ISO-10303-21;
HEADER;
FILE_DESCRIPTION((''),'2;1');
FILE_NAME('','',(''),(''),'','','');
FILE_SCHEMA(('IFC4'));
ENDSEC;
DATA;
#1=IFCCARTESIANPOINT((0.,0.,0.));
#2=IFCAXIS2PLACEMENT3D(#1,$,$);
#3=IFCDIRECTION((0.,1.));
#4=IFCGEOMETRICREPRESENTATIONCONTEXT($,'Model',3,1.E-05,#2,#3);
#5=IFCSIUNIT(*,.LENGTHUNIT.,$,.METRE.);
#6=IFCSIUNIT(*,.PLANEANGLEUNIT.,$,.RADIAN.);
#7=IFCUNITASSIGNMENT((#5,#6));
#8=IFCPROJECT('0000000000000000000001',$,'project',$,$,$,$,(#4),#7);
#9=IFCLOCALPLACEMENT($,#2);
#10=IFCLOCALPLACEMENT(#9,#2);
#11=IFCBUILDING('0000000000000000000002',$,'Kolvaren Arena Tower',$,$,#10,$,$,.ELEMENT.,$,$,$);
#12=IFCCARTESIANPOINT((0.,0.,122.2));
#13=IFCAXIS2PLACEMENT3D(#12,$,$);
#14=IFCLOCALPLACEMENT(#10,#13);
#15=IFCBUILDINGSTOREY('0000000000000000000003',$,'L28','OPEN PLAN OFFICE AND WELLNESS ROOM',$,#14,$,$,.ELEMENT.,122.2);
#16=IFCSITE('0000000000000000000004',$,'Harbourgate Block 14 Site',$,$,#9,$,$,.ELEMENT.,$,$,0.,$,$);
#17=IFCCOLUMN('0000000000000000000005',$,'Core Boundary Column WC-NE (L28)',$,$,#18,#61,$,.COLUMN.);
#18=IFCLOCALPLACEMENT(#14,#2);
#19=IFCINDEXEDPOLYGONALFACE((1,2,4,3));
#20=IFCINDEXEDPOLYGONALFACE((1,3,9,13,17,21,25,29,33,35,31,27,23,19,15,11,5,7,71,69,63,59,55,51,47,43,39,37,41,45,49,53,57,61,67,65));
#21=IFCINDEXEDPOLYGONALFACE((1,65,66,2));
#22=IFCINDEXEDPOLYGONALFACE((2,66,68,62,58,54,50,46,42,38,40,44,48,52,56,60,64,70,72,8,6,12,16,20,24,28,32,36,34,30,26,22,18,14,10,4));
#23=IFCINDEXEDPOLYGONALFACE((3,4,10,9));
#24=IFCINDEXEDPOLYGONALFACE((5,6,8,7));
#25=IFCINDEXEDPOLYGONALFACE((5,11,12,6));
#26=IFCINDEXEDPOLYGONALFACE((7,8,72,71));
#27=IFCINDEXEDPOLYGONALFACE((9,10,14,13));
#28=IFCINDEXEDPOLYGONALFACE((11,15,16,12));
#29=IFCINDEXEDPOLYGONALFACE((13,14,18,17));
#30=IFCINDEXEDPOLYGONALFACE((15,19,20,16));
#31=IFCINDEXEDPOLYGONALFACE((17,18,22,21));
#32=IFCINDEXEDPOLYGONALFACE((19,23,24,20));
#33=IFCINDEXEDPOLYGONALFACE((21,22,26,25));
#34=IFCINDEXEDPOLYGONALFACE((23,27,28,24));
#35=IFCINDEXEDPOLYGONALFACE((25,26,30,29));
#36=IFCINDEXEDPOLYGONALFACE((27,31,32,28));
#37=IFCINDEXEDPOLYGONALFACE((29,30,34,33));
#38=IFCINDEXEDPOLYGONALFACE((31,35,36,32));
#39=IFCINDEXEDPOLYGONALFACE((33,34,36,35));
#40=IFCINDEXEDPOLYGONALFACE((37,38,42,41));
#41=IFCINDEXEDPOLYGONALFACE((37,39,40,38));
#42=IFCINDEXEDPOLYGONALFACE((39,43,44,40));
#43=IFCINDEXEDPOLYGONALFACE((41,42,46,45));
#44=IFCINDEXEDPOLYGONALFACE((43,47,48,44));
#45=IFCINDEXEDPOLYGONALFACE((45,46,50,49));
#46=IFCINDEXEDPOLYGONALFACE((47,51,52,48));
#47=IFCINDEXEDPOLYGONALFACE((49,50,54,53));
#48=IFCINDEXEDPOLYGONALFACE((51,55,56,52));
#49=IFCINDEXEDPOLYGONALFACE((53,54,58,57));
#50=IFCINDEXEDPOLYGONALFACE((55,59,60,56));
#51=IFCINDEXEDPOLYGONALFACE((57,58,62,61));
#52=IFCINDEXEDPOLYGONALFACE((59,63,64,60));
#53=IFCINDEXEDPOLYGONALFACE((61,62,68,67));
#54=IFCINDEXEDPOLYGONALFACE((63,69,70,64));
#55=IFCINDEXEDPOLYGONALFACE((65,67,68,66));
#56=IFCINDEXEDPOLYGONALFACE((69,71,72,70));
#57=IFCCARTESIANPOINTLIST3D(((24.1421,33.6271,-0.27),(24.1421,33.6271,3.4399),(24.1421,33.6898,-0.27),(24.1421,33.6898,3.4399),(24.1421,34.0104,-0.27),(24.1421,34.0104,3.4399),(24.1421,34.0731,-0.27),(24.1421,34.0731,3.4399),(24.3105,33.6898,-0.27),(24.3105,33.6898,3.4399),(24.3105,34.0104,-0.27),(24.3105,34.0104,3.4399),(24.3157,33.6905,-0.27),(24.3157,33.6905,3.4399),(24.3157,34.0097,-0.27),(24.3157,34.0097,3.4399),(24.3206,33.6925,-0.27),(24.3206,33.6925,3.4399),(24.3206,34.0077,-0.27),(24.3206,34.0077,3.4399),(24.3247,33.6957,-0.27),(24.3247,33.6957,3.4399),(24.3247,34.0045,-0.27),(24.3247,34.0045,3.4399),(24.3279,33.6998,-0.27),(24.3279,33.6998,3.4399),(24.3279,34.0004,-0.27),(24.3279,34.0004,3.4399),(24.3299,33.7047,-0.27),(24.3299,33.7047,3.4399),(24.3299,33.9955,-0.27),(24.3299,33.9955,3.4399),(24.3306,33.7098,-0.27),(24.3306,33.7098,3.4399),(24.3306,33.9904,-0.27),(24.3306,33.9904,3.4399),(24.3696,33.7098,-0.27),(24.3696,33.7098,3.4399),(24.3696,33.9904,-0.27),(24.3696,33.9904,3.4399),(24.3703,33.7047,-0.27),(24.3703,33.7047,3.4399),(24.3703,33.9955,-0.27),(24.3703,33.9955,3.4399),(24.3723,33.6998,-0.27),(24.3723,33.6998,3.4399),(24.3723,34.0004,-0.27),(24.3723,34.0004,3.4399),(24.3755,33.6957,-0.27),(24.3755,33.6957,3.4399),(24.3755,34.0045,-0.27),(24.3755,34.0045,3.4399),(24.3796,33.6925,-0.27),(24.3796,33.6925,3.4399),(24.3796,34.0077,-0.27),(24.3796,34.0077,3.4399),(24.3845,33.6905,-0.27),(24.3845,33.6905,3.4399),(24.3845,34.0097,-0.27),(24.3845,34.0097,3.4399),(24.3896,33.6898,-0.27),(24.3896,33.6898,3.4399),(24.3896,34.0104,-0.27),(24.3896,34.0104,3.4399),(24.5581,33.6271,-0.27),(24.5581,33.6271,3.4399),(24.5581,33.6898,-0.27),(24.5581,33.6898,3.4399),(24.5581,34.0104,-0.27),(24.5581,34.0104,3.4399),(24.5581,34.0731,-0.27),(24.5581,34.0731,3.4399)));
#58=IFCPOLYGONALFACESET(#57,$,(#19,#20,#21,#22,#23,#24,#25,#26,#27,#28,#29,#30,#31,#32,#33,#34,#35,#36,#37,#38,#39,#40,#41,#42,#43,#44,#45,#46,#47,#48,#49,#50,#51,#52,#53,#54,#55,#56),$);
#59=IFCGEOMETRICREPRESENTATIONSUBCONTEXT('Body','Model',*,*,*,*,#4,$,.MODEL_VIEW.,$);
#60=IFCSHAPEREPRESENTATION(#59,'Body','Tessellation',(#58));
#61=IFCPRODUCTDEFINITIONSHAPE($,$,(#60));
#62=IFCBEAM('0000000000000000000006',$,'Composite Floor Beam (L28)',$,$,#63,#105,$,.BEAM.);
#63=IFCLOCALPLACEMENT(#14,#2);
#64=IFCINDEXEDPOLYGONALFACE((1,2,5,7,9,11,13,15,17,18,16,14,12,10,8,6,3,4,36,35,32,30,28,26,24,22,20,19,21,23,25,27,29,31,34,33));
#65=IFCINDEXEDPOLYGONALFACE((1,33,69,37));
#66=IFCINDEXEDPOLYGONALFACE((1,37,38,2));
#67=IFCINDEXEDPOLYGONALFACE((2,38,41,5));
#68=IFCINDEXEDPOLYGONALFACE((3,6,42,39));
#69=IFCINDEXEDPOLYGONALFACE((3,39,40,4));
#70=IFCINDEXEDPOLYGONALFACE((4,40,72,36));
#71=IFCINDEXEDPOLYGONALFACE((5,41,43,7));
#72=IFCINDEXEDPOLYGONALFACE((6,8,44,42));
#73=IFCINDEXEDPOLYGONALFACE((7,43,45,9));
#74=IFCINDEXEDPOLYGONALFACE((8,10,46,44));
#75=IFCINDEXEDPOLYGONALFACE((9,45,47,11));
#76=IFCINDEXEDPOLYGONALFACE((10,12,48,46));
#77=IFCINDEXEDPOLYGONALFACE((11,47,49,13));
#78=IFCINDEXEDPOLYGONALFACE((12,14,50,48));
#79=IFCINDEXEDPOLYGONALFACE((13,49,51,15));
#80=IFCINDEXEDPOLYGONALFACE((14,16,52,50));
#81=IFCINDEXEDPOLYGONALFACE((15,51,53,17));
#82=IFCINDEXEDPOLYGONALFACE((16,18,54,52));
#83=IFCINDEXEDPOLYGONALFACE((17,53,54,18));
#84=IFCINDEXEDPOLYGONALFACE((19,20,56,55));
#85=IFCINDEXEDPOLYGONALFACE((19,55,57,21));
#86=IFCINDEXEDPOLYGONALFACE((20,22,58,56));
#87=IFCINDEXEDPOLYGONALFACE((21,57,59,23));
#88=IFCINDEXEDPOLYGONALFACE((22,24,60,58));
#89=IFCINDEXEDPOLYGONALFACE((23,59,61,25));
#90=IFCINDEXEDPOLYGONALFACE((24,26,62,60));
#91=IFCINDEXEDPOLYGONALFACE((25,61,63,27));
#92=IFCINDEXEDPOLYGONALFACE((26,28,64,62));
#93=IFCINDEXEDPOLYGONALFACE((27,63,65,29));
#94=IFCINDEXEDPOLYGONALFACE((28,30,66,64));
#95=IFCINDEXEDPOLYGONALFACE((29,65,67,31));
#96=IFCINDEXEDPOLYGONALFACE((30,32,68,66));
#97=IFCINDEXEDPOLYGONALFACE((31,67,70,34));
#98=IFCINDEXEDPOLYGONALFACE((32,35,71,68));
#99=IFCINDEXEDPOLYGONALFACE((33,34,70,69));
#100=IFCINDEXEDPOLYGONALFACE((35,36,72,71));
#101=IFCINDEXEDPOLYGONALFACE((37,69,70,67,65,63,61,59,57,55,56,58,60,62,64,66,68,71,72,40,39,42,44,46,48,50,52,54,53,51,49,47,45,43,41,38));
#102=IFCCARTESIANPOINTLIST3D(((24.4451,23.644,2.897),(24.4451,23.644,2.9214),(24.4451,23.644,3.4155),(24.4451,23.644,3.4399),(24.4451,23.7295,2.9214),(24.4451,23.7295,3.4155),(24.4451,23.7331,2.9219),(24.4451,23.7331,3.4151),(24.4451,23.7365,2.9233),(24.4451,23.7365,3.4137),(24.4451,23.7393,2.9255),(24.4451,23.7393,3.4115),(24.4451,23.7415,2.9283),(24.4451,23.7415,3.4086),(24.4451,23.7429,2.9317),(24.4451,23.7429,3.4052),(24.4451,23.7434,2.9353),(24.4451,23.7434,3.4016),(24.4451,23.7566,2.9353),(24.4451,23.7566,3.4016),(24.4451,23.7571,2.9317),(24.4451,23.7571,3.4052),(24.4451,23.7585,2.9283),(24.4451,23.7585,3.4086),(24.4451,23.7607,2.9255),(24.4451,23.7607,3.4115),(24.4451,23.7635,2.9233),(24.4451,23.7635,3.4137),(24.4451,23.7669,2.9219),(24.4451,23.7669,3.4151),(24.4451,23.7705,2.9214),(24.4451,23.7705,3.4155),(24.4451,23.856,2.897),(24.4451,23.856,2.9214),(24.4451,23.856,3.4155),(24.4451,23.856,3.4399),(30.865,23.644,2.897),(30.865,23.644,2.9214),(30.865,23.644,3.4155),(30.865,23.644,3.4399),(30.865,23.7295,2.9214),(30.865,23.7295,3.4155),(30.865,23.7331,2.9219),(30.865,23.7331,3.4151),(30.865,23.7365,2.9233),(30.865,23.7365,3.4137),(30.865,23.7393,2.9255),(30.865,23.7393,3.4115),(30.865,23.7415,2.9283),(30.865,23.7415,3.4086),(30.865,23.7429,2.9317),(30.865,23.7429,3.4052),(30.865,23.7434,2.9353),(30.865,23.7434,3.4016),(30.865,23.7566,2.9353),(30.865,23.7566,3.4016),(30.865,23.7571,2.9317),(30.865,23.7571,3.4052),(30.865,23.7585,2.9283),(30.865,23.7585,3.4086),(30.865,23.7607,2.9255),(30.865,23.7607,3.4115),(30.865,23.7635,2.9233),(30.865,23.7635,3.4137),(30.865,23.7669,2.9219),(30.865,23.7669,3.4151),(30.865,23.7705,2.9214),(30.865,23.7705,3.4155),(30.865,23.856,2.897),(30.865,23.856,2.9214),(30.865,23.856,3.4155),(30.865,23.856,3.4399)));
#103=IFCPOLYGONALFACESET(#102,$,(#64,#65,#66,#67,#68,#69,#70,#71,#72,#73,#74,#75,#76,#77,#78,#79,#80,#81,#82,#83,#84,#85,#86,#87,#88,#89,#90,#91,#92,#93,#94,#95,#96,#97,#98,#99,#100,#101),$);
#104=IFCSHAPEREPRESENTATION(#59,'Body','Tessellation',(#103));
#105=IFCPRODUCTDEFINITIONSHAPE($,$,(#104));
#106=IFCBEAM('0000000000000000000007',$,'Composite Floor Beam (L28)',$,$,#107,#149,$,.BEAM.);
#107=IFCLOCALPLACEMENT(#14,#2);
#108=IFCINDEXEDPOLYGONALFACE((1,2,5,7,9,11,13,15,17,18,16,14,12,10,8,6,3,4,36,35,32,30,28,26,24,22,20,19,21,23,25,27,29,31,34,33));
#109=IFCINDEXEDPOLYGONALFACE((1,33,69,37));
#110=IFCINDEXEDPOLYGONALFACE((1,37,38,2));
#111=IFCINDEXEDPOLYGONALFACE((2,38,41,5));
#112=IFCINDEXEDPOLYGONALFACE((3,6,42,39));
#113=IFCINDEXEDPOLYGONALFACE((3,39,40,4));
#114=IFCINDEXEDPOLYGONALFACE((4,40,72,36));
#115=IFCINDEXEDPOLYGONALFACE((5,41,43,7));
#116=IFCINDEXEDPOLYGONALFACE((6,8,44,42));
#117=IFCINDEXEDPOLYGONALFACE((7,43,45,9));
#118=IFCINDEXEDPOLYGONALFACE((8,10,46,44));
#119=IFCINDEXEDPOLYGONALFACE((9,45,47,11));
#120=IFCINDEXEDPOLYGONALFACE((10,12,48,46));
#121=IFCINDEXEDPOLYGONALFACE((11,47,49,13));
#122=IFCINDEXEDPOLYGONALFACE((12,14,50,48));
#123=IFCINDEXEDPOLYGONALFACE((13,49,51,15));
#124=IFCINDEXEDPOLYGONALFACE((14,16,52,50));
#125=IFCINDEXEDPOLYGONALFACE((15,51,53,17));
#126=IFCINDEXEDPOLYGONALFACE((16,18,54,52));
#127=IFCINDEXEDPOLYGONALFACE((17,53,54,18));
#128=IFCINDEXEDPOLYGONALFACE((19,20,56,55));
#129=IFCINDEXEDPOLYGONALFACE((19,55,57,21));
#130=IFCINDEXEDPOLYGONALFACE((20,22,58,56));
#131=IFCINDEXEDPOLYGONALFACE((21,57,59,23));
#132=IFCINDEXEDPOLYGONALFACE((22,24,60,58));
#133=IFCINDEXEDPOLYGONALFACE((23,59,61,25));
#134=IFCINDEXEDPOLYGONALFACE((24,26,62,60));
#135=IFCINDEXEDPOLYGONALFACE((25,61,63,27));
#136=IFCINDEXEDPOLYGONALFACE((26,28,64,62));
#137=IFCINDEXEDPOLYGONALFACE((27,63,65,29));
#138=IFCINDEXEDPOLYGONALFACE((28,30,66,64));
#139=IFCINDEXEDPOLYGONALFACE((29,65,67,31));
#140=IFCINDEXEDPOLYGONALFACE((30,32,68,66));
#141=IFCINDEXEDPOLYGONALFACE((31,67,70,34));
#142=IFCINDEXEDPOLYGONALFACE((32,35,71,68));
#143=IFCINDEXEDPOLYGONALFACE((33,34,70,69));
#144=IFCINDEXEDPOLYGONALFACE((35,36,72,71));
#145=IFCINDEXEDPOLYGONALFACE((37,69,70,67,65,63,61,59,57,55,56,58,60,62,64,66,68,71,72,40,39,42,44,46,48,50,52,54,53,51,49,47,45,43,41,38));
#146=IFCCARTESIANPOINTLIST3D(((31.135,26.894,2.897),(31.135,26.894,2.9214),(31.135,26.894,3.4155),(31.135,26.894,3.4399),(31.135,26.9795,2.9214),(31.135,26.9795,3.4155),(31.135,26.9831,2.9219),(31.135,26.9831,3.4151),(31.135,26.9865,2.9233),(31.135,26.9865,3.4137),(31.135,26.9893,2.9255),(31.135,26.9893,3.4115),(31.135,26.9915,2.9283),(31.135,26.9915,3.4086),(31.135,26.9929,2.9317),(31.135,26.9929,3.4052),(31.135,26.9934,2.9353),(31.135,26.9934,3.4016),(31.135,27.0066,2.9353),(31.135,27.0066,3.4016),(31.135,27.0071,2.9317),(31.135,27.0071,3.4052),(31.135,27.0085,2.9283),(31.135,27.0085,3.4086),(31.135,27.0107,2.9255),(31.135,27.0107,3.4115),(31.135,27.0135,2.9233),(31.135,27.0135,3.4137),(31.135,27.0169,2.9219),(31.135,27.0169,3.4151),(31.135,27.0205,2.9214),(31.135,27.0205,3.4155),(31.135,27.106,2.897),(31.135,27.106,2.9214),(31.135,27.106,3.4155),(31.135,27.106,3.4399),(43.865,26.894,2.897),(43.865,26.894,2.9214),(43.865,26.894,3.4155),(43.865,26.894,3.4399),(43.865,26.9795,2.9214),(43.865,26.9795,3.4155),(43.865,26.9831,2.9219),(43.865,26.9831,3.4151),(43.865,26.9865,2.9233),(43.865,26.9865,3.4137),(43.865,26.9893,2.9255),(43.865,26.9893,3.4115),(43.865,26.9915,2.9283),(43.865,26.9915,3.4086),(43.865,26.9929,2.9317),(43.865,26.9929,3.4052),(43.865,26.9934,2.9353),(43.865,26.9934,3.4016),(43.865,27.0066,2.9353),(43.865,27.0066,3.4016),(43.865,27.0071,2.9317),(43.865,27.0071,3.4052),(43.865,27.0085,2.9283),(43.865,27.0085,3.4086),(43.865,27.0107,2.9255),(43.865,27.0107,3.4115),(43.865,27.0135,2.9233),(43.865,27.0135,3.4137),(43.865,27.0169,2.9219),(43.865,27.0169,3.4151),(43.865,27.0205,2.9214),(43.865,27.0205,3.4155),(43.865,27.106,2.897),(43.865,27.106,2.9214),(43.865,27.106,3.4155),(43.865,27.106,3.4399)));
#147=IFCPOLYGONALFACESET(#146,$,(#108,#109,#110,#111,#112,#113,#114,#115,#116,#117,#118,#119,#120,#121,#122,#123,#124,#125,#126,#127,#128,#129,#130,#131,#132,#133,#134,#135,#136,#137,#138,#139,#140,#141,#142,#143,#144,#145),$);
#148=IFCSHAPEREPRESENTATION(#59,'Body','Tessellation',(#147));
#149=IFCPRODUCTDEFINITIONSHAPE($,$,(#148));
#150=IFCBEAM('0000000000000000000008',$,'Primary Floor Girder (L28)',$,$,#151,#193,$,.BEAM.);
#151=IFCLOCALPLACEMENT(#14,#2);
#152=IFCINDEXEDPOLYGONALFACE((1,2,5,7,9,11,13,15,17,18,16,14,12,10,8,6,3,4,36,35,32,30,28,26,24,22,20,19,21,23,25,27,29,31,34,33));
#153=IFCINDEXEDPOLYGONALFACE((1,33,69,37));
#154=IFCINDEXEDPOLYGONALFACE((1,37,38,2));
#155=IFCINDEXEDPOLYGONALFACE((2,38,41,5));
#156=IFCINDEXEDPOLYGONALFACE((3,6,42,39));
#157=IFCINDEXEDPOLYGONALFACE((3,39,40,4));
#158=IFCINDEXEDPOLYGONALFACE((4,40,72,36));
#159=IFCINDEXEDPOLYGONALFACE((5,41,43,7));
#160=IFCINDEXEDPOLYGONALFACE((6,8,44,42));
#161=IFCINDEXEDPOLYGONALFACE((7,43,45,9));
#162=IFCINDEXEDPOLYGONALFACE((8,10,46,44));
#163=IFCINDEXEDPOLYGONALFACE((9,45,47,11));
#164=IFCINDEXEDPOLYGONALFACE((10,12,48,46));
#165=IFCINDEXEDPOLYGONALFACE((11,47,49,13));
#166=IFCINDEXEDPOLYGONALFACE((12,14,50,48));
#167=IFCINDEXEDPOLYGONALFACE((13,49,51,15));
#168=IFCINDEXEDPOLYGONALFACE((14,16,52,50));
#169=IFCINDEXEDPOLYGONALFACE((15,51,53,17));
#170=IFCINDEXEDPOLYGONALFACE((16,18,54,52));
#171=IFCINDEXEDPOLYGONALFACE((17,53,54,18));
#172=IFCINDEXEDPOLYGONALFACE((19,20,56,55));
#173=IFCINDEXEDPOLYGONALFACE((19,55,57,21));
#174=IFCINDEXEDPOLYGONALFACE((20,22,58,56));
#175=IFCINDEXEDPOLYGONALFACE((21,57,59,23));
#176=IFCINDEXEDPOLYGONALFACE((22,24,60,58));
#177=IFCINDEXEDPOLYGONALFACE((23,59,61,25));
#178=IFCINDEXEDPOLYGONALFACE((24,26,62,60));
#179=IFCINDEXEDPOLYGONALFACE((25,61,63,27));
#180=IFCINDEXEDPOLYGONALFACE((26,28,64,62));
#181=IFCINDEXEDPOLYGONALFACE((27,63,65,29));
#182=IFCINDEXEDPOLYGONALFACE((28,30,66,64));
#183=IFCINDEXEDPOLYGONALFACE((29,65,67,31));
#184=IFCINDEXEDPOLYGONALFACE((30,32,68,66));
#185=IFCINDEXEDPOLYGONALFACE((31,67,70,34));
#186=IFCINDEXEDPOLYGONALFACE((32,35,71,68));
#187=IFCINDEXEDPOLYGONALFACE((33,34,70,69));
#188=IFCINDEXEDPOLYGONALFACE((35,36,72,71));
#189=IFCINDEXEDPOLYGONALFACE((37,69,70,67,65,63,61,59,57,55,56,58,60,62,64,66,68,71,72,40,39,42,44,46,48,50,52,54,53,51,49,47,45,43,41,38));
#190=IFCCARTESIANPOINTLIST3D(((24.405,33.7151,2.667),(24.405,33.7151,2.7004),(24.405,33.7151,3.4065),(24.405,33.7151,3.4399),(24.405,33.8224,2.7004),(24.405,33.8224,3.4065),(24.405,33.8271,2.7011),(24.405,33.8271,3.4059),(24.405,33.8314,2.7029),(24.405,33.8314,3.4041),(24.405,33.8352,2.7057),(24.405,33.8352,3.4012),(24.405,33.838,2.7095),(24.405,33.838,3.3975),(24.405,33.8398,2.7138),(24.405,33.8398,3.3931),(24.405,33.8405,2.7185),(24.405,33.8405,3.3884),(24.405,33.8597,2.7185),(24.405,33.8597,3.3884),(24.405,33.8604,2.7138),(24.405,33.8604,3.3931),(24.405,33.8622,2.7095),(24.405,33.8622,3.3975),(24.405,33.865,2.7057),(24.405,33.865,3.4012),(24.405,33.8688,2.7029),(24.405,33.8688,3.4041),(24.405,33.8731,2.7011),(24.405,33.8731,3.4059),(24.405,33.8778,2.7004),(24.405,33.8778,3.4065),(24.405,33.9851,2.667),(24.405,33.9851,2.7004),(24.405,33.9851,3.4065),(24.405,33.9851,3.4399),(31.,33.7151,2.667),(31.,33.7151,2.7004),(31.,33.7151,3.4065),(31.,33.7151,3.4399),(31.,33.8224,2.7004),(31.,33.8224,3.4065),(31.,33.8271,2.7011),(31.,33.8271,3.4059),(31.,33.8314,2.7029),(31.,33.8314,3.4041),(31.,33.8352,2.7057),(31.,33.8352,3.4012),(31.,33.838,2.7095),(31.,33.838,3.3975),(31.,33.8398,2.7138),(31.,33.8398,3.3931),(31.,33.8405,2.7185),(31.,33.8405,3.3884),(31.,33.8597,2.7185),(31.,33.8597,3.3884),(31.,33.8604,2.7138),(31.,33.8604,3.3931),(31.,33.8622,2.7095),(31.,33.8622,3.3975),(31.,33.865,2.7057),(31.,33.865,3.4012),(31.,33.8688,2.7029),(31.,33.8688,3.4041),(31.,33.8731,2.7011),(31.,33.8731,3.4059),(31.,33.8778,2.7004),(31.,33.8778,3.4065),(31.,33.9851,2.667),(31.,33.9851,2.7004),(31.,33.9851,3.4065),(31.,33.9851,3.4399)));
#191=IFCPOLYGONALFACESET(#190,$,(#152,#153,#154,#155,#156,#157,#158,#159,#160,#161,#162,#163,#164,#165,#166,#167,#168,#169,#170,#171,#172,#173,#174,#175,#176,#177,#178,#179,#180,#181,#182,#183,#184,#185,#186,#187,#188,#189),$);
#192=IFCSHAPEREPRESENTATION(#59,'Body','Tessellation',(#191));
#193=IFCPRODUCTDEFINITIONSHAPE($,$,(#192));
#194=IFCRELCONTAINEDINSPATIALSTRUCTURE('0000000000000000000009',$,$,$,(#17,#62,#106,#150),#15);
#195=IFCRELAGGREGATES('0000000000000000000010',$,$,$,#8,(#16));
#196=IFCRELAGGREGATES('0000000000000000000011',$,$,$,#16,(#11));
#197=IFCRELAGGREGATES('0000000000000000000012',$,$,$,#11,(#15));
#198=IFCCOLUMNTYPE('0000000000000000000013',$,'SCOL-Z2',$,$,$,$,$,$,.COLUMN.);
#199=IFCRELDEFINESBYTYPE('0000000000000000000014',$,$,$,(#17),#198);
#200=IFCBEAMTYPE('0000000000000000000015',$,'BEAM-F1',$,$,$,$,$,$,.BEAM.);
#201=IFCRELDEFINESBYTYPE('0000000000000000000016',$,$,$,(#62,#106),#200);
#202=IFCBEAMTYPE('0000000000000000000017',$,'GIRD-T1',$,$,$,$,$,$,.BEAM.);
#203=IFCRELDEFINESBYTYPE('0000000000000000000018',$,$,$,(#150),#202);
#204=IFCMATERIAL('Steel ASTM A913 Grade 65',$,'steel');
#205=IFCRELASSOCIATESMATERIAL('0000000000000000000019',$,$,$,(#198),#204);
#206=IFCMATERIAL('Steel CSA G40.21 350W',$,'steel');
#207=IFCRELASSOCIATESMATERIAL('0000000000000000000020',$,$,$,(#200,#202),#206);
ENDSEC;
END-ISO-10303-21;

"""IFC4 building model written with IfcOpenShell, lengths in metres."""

from ifc_helpers import new_model, si_unit, direction, frame, origin, origin_2d, place, context, subcontext, project, spatial, i_section, extrude, material, material_profile, profile_set, type_object, element, save


model = new_model("IFC4")

# Units and contexts
model_context = context("Model", 3, precision=1e-05, world=origin(), true_north=direction((0.0, 1.0)))
body_context = subcontext(model_context, "Body", "Model", "MODEL_VIEW")
ifc_project = project(units=[si_unit("LENGTHUNIT", "METRE"), si_unit("PLANEANGLEUNIT", "RADIAN")], contexts=[model_context])

# Site, building, storey
site_placement = place(None, origin())
site = spatial("IfcSite", under=ifc_project, at=site_placement, Name="Harbourgate Block 14 Site", CompositionType="ELEMENT", RefElevation=0.0)
building_placement = place(site_placement, origin())
building = spatial("IfcBuilding", under=site, at=building_placement, Name="Kolvaren Arena Tower", CompositionType="ELEMENT")
storey_placement = place(building_placement, frame((0.0, 0.0, 122.2)))
storey = spatial("IfcBuildingStorey", under=building, at=storey_placement, Name="L28", Description="OPEN PLAN OFFICE AND WELLNESS ROOM", CompositionType="ELEMENT", Elevation=122.2)

# Column
ifc_material_1 = material(Name="Steel ASTM A913 Grade 65", Category="steel")
ifc_material_profile_1 = material_profile(ifc_material_1, i_section(OverallWidth=0.416, OverallDepth=0.446, WebThickness=0.0391, FlangeThickness=0.0627, FilletRadius=0.02, at=origin_2d()), Name="W360x509")
ifc_profile_set_1 = profile_set([ifc_material_profile_1], Name="Steel ASTM A913 Grade 65")
column_type = type_object("IfcColumnType", Name="SCOL-Z2", PredefinedType="COLUMN", material=ifc_profile_set_1)
column_placement = place(storey_placement, frame((24.3501, 33.8501, -0.27), z_axis=(0.0, 0.0, 1.0), x_axis=(1.0, 0.0, 0.0)))
element("IfcColumn", 1, at=column_placement, inside=storey, type_object=column_type, Name="Core Boundary Column WC-NE (L28)", PredefinedType="COLUMN", context=body_context, shape_type="SweptSolid", body=[
    extrude(i_section(OverallWidth=0.416, OverallDepth=0.446, WebThickness=0.0391, FlangeThickness=0.0627, FilletRadius=0.02, at=origin_2d()), origin(), (0.0, 0.0, 1.0), 3.71),
])

# Beams
ifc_material_2 = material(Name="Steel CSA G40.21 350W", Category="steel")
ifc_material_profile_2 = material_profile(ifc_material_2, i_section(OverallWidth=0.2119, OverallDepth=0.543, WebThickness=0.0132, FlangeThickness=0.0244, FilletRadius=0.0139, at=origin_2d()), Name="W530x150")
ifc_profile_set_2 = profile_set([ifc_material_profile_2], Name="Steel CSA G40.21 350W")
beam_type_1 = type_object("IfcBeamType", Name="BEAM-F1", PredefinedType="BEAM", material=ifc_profile_set_2)
beam_1_placement = place(storey_placement, frame((24.4451, 23.75, 3.1685), z_axis=(1.0, 0.0, 0.0), x_axis=(0.0, 1.0, 0.0)))
element("IfcBeam", 2, at=beam_1_placement, inside=storey, type_object=beam_type_1, Name="Composite Floor Beam (L28)", PredefinedType="BEAM", context=body_context, shape_type="SweptSolid", body=[
    extrude(i_section(OverallWidth=0.2119, OverallDepth=0.543, WebThickness=0.0132, FlangeThickness=0.0244, FilletRadius=0.0139, at=origin_2d()), origin(), (0.0, 0.0, 1.0), 6.4199),
])
beam_2_placement = place(storey_placement, frame((31.135, 27.0, 3.1685), z_axis=(1.0, 0.0, 0.0), x_axis=(0.0, 1.0, 0.0)))
element("IfcBeam", 3, at=beam_2_placement, inside=storey, type_object=beam_type_1, Name="Composite Floor Beam (L28)", PredefinedType="BEAM", context=body_context, shape_type="SweptSolid", body=[
    extrude(i_section(OverallWidth=0.2119, OverallDepth=0.543, WebThickness=0.0132, FlangeThickness=0.0244, FilletRadius=0.0139, at=origin_2d()), origin(), (0.0, 0.0, 1.0), 12.73),
])
ifc_material_profile_3 = material_profile(ifc_material_2, i_section(OverallWidth=0.27, OverallDepth=0.7729, WebThickness=0.0193, FlangeThickness=0.0334, FilletRadius=0.0181, at=origin_2d()), Name="W760x257")
ifc_profile_set_3 = profile_set([ifc_material_profile_3], Name="Steel CSA G40.21 350W")
beam_type_2 = type_object("IfcBeamType", Name="GIRD-T1", PredefinedType="BEAM", material=ifc_profile_set_3)
beam_3_placement = place(storey_placement, frame((24.405, 33.8501, 3.0535), z_axis=(1.0, 0.0, 0.0), x_axis=(0.0, 1.0, 0.0)))
element("IfcBeam", 4, at=beam_3_placement, inside=storey, type_object=beam_type_2, Name="Primary Floor Girder (L28)", PredefinedType="BEAM", context=body_context, shape_type="SweptSolid", body=[
    extrude(i_section(OverallWidth=0.27, OverallDepth=0.7729, WebThickness=0.0193, FlangeThickness=0.0334, FilletRadius=0.0181, at=origin_2d()), origin(), (0.0, 0.0, 1.0), 6.595),
])

save(model, "model.ifc")
